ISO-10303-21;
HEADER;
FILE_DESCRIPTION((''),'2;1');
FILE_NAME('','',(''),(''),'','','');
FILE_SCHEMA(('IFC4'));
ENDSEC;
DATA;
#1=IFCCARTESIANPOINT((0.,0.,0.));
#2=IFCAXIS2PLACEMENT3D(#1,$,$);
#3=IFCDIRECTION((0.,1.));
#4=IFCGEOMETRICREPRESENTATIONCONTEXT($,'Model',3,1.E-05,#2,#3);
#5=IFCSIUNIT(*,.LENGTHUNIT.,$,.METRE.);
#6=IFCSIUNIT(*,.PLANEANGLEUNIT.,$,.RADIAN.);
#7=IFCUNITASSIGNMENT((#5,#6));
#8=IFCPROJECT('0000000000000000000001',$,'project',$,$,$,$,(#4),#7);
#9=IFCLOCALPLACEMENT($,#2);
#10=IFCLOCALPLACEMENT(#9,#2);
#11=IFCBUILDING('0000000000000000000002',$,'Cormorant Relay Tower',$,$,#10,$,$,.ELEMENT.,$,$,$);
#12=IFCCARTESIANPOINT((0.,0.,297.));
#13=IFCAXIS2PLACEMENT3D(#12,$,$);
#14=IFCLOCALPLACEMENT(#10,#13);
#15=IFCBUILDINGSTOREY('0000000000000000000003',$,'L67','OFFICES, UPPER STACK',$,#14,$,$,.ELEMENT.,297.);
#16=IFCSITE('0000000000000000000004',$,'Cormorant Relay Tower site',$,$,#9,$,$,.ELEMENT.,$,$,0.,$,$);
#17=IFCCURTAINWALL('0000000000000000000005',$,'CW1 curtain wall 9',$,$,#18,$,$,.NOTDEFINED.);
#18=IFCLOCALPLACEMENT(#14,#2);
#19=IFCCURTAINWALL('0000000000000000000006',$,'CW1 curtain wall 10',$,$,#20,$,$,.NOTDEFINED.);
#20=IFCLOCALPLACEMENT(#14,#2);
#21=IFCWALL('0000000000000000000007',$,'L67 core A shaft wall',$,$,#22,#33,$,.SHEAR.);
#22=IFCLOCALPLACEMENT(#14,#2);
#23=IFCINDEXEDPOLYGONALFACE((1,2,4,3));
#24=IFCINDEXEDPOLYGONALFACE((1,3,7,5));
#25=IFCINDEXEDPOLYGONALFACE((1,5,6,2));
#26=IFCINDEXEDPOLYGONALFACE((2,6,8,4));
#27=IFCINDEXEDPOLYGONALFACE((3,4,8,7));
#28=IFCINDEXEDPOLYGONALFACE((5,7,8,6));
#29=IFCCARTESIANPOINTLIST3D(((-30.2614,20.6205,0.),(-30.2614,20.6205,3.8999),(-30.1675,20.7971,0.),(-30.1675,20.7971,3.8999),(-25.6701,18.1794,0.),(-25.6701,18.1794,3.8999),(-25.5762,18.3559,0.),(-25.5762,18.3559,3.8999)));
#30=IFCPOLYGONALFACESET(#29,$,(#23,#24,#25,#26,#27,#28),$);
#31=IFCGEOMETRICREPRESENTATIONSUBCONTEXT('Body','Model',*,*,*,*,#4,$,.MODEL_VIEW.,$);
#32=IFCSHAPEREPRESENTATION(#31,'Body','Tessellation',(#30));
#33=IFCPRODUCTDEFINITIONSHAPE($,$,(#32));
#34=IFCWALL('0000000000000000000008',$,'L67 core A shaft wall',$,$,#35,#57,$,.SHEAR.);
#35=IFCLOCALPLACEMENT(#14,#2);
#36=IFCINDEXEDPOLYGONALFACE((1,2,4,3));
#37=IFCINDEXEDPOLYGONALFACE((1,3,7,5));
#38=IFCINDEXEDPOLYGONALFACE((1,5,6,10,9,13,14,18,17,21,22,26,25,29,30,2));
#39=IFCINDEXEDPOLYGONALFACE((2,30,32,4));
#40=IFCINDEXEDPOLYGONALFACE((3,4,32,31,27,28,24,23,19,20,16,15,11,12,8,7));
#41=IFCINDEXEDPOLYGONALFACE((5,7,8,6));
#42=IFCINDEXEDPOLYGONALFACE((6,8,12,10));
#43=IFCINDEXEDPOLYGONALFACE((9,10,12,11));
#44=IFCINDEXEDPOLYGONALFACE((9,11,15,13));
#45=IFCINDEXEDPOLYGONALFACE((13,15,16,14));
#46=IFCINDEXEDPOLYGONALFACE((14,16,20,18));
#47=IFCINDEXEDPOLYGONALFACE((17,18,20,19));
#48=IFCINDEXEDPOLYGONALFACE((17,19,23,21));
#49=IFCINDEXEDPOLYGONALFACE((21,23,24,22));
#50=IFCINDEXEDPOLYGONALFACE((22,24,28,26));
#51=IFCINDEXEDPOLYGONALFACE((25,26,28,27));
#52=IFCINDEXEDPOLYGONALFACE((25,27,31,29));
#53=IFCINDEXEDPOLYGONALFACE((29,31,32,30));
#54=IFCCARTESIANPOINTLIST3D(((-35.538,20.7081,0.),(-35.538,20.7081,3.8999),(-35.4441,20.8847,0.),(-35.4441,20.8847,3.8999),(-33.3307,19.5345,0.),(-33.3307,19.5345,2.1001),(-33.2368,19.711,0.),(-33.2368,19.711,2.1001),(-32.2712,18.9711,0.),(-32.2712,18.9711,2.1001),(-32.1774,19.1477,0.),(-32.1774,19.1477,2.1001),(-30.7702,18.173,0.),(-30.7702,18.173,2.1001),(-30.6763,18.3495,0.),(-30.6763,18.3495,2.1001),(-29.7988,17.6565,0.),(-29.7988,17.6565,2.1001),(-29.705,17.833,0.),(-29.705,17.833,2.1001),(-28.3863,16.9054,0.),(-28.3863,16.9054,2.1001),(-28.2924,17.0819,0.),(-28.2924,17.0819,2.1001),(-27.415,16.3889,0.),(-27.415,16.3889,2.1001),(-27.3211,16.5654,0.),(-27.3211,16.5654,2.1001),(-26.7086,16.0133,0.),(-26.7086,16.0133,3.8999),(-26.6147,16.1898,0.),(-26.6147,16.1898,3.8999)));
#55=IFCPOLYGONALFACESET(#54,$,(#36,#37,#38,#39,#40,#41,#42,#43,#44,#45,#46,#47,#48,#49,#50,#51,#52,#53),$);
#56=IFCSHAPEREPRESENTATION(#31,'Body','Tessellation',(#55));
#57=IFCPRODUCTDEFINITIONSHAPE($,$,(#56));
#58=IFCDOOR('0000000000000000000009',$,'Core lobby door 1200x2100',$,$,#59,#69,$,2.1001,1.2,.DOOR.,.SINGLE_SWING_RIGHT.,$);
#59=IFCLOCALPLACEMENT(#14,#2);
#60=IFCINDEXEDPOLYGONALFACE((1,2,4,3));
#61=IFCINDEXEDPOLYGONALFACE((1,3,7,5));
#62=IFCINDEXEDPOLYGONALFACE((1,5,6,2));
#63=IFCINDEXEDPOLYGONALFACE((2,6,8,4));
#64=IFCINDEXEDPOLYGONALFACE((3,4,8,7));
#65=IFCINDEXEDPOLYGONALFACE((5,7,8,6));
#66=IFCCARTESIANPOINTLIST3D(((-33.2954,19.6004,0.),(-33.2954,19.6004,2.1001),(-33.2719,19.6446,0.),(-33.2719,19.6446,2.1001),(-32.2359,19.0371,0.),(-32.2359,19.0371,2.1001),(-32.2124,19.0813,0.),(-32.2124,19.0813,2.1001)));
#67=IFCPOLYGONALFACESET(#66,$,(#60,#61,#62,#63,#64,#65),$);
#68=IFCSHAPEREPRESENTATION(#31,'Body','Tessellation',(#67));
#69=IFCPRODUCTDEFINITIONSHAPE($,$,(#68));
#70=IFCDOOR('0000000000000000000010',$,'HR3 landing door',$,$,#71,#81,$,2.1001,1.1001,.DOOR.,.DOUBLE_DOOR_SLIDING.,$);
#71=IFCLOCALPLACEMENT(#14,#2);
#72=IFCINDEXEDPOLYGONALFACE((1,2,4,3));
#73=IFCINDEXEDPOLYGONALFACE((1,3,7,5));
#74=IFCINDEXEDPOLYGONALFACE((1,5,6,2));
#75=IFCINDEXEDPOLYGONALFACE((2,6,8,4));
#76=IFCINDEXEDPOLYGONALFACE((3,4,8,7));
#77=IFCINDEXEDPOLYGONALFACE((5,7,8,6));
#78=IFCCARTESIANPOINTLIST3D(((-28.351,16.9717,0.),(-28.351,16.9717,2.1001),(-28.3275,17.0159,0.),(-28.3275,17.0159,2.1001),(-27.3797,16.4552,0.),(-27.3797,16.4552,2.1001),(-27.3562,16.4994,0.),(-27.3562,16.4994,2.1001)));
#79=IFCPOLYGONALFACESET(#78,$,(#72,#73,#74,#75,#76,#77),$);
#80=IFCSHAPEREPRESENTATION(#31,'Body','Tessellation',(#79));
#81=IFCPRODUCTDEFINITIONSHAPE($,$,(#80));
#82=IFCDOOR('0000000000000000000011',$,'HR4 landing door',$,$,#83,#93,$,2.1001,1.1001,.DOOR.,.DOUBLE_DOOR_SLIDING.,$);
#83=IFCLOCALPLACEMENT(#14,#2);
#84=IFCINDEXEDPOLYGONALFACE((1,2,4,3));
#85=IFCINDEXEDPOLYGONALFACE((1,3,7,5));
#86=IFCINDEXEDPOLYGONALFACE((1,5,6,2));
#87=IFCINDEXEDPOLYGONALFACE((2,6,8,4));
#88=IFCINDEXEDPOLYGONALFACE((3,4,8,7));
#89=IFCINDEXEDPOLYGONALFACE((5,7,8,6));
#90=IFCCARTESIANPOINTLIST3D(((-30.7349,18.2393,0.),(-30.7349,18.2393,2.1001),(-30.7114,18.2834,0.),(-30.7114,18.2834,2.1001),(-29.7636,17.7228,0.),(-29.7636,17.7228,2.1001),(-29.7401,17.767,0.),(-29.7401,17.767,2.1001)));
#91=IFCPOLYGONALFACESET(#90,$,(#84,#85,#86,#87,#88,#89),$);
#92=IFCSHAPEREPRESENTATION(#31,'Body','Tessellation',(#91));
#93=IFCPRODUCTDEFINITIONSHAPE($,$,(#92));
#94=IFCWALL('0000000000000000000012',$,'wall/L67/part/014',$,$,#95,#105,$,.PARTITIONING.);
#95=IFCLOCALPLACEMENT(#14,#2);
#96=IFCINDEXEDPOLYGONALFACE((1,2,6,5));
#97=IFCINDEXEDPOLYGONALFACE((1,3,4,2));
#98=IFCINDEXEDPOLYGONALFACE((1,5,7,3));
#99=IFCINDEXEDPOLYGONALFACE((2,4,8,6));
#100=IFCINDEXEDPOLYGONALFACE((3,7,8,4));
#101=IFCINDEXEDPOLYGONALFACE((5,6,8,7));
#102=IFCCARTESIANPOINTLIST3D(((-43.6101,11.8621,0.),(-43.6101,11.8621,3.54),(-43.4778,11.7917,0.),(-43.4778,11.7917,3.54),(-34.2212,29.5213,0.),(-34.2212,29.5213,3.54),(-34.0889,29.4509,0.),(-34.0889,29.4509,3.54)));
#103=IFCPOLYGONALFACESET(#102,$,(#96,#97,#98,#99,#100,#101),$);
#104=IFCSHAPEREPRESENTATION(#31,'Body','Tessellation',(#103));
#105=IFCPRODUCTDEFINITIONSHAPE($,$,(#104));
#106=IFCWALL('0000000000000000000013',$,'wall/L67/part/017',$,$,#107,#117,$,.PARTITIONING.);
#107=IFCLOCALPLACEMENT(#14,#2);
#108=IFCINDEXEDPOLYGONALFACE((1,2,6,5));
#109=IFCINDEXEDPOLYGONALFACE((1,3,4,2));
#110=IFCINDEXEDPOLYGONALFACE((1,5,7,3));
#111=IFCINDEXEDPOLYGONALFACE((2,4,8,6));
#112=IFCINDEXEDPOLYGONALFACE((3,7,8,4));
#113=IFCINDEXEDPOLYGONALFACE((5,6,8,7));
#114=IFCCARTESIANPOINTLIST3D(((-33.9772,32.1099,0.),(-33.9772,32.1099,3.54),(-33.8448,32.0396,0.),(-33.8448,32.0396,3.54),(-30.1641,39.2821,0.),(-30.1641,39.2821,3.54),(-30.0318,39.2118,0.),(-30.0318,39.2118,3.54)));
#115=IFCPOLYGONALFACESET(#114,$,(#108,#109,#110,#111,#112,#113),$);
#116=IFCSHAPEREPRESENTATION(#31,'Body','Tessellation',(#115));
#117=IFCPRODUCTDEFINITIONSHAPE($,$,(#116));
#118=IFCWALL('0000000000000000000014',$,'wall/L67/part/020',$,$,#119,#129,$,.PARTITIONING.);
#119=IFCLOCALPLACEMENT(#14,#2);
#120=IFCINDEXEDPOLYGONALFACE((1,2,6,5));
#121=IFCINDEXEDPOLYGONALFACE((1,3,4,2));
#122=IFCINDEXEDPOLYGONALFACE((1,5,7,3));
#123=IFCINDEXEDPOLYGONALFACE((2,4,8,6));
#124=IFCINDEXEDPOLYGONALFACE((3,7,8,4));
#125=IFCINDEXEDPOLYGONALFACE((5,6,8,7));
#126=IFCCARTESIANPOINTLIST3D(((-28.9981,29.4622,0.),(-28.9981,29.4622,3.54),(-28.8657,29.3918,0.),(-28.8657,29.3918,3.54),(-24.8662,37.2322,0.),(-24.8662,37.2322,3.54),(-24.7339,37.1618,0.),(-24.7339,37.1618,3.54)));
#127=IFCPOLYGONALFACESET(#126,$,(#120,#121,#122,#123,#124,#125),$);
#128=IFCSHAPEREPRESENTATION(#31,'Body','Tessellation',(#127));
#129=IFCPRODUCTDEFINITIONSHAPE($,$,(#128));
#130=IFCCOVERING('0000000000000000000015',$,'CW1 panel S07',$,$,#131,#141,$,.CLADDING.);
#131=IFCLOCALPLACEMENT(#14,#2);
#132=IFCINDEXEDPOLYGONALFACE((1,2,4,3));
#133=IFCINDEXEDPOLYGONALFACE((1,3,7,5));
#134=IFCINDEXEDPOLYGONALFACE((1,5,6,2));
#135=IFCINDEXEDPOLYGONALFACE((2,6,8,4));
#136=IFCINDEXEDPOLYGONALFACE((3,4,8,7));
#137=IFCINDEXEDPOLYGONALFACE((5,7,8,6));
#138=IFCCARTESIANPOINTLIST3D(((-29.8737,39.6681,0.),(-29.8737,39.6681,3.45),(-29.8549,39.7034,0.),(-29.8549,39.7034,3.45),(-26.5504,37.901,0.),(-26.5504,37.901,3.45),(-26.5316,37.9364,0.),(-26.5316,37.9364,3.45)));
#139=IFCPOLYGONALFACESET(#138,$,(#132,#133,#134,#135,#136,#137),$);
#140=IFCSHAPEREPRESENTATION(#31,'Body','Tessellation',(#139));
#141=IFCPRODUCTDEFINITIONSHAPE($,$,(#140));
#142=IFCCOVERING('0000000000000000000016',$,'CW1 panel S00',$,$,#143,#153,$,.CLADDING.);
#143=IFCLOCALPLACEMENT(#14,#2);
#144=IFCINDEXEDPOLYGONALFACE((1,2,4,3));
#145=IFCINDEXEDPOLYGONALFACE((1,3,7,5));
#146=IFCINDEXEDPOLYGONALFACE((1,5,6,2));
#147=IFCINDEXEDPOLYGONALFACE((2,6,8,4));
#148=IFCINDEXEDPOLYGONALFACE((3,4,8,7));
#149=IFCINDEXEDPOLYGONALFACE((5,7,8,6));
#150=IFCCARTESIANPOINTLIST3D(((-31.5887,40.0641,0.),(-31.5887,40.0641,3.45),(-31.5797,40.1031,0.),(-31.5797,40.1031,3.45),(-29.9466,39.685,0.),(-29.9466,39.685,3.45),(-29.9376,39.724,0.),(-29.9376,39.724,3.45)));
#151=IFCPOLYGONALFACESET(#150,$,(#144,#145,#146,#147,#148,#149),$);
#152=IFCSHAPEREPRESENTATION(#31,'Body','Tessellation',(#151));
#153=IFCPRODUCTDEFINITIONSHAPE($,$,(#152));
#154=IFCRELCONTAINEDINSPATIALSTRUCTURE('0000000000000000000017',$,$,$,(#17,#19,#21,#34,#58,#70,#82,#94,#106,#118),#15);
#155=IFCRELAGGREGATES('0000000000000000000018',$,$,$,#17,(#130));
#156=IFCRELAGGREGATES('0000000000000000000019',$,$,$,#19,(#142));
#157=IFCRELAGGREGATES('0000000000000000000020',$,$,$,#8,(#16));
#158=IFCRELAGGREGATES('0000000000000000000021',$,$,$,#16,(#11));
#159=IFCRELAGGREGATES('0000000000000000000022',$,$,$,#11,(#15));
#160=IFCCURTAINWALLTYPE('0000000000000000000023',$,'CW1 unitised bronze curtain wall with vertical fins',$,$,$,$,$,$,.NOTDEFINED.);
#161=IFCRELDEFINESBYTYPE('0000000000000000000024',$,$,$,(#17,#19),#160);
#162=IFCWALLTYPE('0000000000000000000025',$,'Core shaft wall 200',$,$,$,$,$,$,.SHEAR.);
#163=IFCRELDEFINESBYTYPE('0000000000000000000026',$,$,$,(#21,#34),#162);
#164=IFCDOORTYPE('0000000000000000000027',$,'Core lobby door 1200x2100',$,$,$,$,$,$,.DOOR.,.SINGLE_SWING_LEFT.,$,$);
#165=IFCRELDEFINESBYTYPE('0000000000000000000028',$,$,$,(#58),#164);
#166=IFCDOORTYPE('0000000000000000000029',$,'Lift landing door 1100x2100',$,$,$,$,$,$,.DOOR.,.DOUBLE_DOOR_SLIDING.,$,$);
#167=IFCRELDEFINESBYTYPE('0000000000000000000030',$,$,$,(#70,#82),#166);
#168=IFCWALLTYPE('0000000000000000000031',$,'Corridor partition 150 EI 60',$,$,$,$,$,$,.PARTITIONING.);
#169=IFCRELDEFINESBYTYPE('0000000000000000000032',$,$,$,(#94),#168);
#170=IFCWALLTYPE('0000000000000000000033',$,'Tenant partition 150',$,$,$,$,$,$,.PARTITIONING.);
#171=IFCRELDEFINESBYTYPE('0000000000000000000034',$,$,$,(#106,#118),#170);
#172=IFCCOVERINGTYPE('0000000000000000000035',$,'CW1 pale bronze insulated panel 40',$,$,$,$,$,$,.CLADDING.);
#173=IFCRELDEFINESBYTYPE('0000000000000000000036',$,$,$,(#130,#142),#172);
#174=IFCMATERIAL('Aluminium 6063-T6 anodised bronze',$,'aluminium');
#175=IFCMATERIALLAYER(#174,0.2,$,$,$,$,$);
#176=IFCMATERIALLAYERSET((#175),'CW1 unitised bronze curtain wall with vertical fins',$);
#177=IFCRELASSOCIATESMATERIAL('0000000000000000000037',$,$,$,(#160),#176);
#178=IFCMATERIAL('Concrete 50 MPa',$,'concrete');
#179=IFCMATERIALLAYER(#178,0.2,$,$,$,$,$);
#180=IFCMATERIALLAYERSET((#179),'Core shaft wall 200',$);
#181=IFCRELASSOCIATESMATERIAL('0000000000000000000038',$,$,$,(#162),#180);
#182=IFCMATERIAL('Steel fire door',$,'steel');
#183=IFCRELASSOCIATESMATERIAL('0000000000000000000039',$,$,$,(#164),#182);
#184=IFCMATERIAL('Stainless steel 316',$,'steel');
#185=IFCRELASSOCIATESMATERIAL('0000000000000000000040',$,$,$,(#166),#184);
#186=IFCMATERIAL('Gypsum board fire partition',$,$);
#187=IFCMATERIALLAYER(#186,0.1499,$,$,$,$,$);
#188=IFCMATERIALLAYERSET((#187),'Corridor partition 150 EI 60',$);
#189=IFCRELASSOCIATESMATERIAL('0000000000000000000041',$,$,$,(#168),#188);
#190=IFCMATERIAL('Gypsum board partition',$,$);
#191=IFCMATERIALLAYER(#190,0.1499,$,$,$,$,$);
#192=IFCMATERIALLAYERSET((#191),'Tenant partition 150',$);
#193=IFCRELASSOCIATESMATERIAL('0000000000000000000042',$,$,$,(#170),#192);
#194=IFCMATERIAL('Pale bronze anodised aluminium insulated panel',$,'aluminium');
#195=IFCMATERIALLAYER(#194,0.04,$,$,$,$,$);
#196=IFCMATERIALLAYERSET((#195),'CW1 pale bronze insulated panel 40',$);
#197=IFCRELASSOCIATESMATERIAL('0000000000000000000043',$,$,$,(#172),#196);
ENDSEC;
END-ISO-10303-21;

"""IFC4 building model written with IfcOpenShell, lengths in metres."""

from ifc_helpers import new_model, si_unit, direction, frame, frame_2d, origin, origin_2d, place, context, subcontext, project, spatial, rectangle, extrude, material, layer, layer_set, type_object, element, fill, aggregate, save


model = new_model("IFC4")

# Units and contexts
model_context = context("Model", 3, precision=1e-05, world=origin(), true_north=direction((0.0, 1.0)))
body_context = subcontext(model_context, "Body", "Model", "MODEL_VIEW")
ifc_project = project(units=[si_unit("LENGTHUNIT", "METRE"), si_unit("PLANEANGLEUNIT", "RADIAN")], contexts=[model_context])

# Site, building, storey
site_placement = place(None, origin())
site = spatial("IfcSite", under=ifc_project, at=site_placement, Name="Cormorant Relay Tower site", CompositionType="ELEMENT", RefElevation=0.0)
building_placement = place(site_placement, origin())
building = spatial("IfcBuilding", under=site, at=building_placement, Name="Cormorant Relay Tower", CompositionType="ELEMENT")
storey_placement = place(building_placement, frame((0.0, 0.0, 297.0)))
storey = spatial("IfcBuildingStorey", under=building, at=storey_placement, Name="L67", Description="OFFICES, UPPER STACK", CompositionType="ELEMENT", Elevation=297.0)

# Curtain wall
ifc_material_1 = material(Name="Aluminium 6063-T6 anodised bronze", Category="aluminium")
ifc_layer_1 = layer(ifc_material_1, 0.2)
ifc_layer_set_1 = layer_set([ifc_layer_1], Name="CW1 unitised bronze curtain wall with vertical fins")
curtain_wall_type = type_object("IfcCurtainWallType", Name="CW1 unitised bronze curtain wall with vertical fins", PredefinedType="NOTDEFINED", material=ifc_layer_set_1)
curtain_wall_1_placement = place(storey_placement, origin())
curtain_wall_1 = element("IfcCurtainWall", 1, at=curtain_wall_1_placement, inside=storey, type_object=curtain_wall_type, Name="CW1 curtain wall 9", PredefinedType="NOTDEFINED")

# Curtain wall
curtain_wall_2_placement = place(storey_placement, origin())
curtain_wall_2 = element("IfcCurtainWall", 2, at=curtain_wall_2_placement, inside=storey, type_object=curtain_wall_type, Name="CW1 curtain wall 10", PredefinedType="NOTDEFINED")

# Shared definitions
ifc_material_2 = material(Name="Concrete 50 MPa", Category="concrete")
ifc_layer_2 = layer(ifc_material_2, 0.2)
ifc_layer_set_2 = layer_set([ifc_layer_2], Name="Core shaft wall 200")
wall_type_1 = type_object("IfcWallType", Name="Core shaft wall 200", PredefinedType="SHEAR", material=ifc_layer_set_2)

# Wall
wall_1_placement = place(storey_placement, frame((-25.623, 18.2676, 0.0), z_axis=(0.0, 0.0, 1.0), x_axis=(-0.882954, 0.46946, 0.0)))
element("IfcWall", 3, at=wall_1_placement, inside=storey, type_object=wall_type_1, Name="L67 core A shaft wall", PredefinedType="SHEAR", context=body_context, shape_type="SweptSolid", body=[
    extrude(rectangle(XDim=5.2, YDim=0.2, at=frame_2d((2.6001, 0.0))), origin(), (0.0, 0.0, 1.0), 3.8999),
])

# Wall, openings, doors
wall_2_placement = place(storey_placement, frame((-26.6616, 16.1016, 0.0), z_axis=(0.0, 0.0, 1.0), x_axis=(-0.88294, 0.469485, 0.0)))
wall_2 = element("IfcWall", 4, at=wall_2_placement, inside=storey, type_object=wall_type_1, Name="L67 core A shaft wall", PredefinedType="SHEAR", context=body_context, shape_type="SweptSolid", body=[
    extrude(rectangle(XDim=10.0, YDim=0.2, at=frame_2d((5.0, 0.0))), origin(), (0.0, 0.0, 1.0), 3.8999),
])
opening_1_placement = place(wall_2_placement, frame((6.3, 0.0, 0.0)))
opening_1 = element("IfcOpeningElement", 5, at=opening_1_placement, cuts=wall_2, PredefinedType="OPENING", context=body_context, shape_type="SweptSolid", body=[
    extrude(rectangle(XDim=1.2, YDim=2.1001, at=frame_2d((0.6001, 1.05))), frame((0.0, 0.1099, 0.0), z_axis=(0.0, -1.0, 0.0), x_axis=(1.0, 0.0, 0.0)), (0.0, 0.0, 1.0), 0.22),
])
opening_2_placement = place(wall_2_placement, frame((0.8, 0.0, 0.0)))
opening_2 = element("IfcOpeningElement", 6, at=opening_2_placement, cuts=wall_2, PredefinedType="OPENING", context=body_context, shape_type="SweptSolid", body=[
    extrude(rectangle(XDim=1.1001, YDim=2.1001, at=frame_2d((0.55, 1.05))), frame((0.0, 0.1099, 0.0), z_axis=(0.0, -1.0, 0.0), x_axis=(1.0, 0.0, 0.0)), (0.0, 0.0, 1.0), 0.22),
])
opening_3_placement = place(wall_2_placement, frame((3.5, 0.0, 0.0)))
opening_3 = element("IfcOpeningElement", 7, at=opening_3_placement, cuts=wall_2, PredefinedType="OPENING", context=body_context, shape_type="SweptSolid", body=[
    extrude(rectangle(XDim=1.1001, YDim=2.1001, at=frame_2d((0.55, 1.05))), frame((0.0, 0.1099, 0.0), z_axis=(0.0, -1.0, 0.0), x_axis=(1.0, 0.0, 0.0)), (0.0, 0.0, 1.0), 0.22),
])
ifc_material_3 = material(Name="Steel fire door", Category="steel")
door_type_1 = type_object("IfcDoorType", Name="Core lobby door 1200x2100", OperationType="SINGLE_SWING_LEFT", PredefinedType="DOOR", material=ifc_material_3)
door_1_placement = place(opening_1_placement, frame((1.2, 0.0, 0.0), z_axis=(0.0, 0.0, 1.0), x_axis=(-1.0, 0.0, 0.0)))
door_1 = element("IfcDoor", 8, at=door_1_placement, inside=storey, type_object=door_type_1, Name="Core lobby door 1200x2100", OperationType="SINGLE_SWING_RIGHT", OverallHeight=2.1001, OverallWidth=1.2, PredefinedType="DOOR", context=body_context, shape_type="SweptSolid", body=[
    extrude(rectangle(XDim=1.2, YDim=2.1001, at=frame_2d((0.6001, 1.05))), frame((0.0, 0.0249, 0.0), z_axis=(0.0, -1.0, 0.0), x_axis=(1.0, 0.0, 0.0)), (0.0, 0.0, 1.0), 0.05),
])
fill(opening_1, door_1)
ifc_material_4 = material(Name="Stainless steel 316", Category="steel")
door_type_2 = type_object("IfcDoorType", Name="Lift landing door 1100x2100", OperationType="DOUBLE_DOOR_SLIDING", PredefinedType="DOOR", material=ifc_material_4)
door_2_placement = place(opening_2_placement, origin())
door_2 = element("IfcDoor", 9, at=door_2_placement, inside=storey, type_object=door_type_2, Name="HR3 landing door", OperationType="DOUBLE_DOOR_SLIDING", OverallHeight=2.1001, OverallWidth=1.1001, PredefinedType="DOOR", context=body_context, shape_type="SweptSolid", body=[
    extrude(rectangle(XDim=1.1001, YDim=2.1001, at=frame_2d((0.55, 1.05))), frame((0.0, 0.0249, 0.0), z_axis=(0.0, -1.0, 0.0), x_axis=(1.0, 0.0, 0.0)), (0.0, 0.0, 1.0), 0.05),
])
fill(opening_2, door_2)
door_3_placement = place(opening_3_placement, origin())
door_3 = element("IfcDoor", 10, at=door_3_placement, inside=storey, type_object=door_type_2, Name="HR4 landing door", OperationType="DOUBLE_DOOR_SLIDING", OverallHeight=2.1001, OverallWidth=1.1001, PredefinedType="DOOR", context=body_context, shape_type="SweptSolid", body=[
    extrude(rectangle(XDim=1.1001, YDim=2.1001, at=frame_2d((0.55, 1.05))), frame((0.0, 0.0249, 0.0), z_axis=(0.0, -1.0, 0.0), x_axis=(1.0, 0.0, 0.0)), (0.0, 0.0, 1.0), 0.05),
])
fill(opening_3, door_3)

# Walls
ifc_material_5 = material(Name="Gypsum board fire partition")
ifc_layer_3 = layer(ifc_material_5, 0.1499)
ifc_layer_set_3 = layer_set([ifc_layer_3], Name="Corridor partition 150 EI 60")
wall_type_2 = type_object("IfcWallType", Name="Corridor partition 150 EI 60", PredefinedType="PARTITIONING", material=ifc_layer_set_3)
wall_3_placement = place(storey_placement, frame((-34.155, 29.4861, 0.0), z_axis=(0.0, 0.0, 1.0), x_axis=(-0.469447, -0.882961, 0.0)))
element("IfcWall", 11, at=wall_3_placement, inside=storey, type_object=wall_type_2, Name="wall/L67/part/014", PredefinedType="PARTITIONING", context=body_context, shape_type="SweptSolid", body=[
    extrude(rectangle(XDim=20.0, YDim=0.1499, at=frame_2d((10.0, 0.0))), origin(), (0.0, 0.0, 1.0), 3.54),
])
ifc_material_6 = material(Name="Gypsum board partition")
ifc_layer_4 = layer(ifc_material_6, 0.1499)
ifc_layer_set_4 = layer_set([ifc_layer_4], Name="Tenant partition 150")
wall_type_3 = type_object("IfcWallType", Name="Tenant partition 150", PredefinedType="PARTITIONING", material=ifc_layer_set_4)
wall_4_placement = place(storey_placement, frame((-30.0979, 39.2471, 0.0), z_axis=(0.0, 0.0, 1.0), x_axis=(-0.469424, -0.882973, 0.0)))
element("IfcWall", 12, at=wall_4_placement, inside=storey, type_object=wall_type_3, Name="wall/L67/part/017", PredefinedType="PARTITIONING", context=body_context, shape_type="SweptSolid", body=[
    extrude(rectangle(XDim=8.1228, YDim=0.1499, at=frame_2d((4.0615, 0.0))), origin(), (0.0, 0.0, 1.0), 3.54),
])
wall_5_placement = place(storey_placement, frame((-24.8, 37.197, 0.0), z_axis=(0.0, 0.0, 1.0), x_axis=(-0.469511, -0.882927, 0.0)))
element("IfcWall", 13, at=wall_5_placement, inside=storey, type_object=wall_type_3, Name="wall/L67/part/020", PredefinedType="PARTITIONING", context=body_context, shape_type="SweptSolid", body=[
    extrude(rectangle(XDim=8.8003, YDim=0.1499, at=frame_2d((4.4001, 0.0))), origin(), (0.0, 0.0, 1.0), 3.54),
])

# Coverings
ifc_material_7 = material(Name="Pale bronze anodised aluminium insulated panel", Category="aluminium")
ifc_layer_5 = layer(ifc_material_7, 0.04)
ifc_layer_set_5 = layer_set([ifc_layer_5], Name="CW1 pale bronze insulated panel 40")
covering_type = type_object("IfcCoveringType", Name="CW1 pale bronze insulated panel 40", PredefinedType="CLADDING", material=ifc_layer_set_5)
covering_1_placement = place(storey_placement, frame((-28.2026, 38.8022, 0.0), z_axis=(0.0, 0.0, 1.0), x_axis=(-0.882948, 0.469472, 0.0)))
covering_1 = element("IfcCovering", 14, at=covering_1_placement, type_object=covering_type, Name="CW1 panel S07", PredefinedType="CLADDING", context=body_context, shape_type="SweptSolid", body=[
    extrude(rectangle(XDim=3.7639, YDim=0.04, at=origin_2d()), origin(), (0.0, 0.0, 1.0), 3.45),
])
aggregate(curtain_wall_1, [covering_1])
covering_2_placement = place(storey_placement, frame((-30.7632, 39.894, 0.0), z_axis=(0.0, 0.0, 1.0), x_axis=(-0.97437, 0.224951, 0.0)))
covering_2 = element("IfcCovering", 15, at=covering_2_placement, type_object=covering_type, Name="CW1 panel S00", PredefinedType="CLADDING", context=body_context, shape_type="SweptSolid", body=[
    extrude(rectangle(XDim=1.6853, YDim=0.04, at=origin_2d()), origin(), (0.0, 0.0, 1.0), 3.45),
])
aggregate(curtain_wall_2, [covering_2])

save(model, "model.ifc")
